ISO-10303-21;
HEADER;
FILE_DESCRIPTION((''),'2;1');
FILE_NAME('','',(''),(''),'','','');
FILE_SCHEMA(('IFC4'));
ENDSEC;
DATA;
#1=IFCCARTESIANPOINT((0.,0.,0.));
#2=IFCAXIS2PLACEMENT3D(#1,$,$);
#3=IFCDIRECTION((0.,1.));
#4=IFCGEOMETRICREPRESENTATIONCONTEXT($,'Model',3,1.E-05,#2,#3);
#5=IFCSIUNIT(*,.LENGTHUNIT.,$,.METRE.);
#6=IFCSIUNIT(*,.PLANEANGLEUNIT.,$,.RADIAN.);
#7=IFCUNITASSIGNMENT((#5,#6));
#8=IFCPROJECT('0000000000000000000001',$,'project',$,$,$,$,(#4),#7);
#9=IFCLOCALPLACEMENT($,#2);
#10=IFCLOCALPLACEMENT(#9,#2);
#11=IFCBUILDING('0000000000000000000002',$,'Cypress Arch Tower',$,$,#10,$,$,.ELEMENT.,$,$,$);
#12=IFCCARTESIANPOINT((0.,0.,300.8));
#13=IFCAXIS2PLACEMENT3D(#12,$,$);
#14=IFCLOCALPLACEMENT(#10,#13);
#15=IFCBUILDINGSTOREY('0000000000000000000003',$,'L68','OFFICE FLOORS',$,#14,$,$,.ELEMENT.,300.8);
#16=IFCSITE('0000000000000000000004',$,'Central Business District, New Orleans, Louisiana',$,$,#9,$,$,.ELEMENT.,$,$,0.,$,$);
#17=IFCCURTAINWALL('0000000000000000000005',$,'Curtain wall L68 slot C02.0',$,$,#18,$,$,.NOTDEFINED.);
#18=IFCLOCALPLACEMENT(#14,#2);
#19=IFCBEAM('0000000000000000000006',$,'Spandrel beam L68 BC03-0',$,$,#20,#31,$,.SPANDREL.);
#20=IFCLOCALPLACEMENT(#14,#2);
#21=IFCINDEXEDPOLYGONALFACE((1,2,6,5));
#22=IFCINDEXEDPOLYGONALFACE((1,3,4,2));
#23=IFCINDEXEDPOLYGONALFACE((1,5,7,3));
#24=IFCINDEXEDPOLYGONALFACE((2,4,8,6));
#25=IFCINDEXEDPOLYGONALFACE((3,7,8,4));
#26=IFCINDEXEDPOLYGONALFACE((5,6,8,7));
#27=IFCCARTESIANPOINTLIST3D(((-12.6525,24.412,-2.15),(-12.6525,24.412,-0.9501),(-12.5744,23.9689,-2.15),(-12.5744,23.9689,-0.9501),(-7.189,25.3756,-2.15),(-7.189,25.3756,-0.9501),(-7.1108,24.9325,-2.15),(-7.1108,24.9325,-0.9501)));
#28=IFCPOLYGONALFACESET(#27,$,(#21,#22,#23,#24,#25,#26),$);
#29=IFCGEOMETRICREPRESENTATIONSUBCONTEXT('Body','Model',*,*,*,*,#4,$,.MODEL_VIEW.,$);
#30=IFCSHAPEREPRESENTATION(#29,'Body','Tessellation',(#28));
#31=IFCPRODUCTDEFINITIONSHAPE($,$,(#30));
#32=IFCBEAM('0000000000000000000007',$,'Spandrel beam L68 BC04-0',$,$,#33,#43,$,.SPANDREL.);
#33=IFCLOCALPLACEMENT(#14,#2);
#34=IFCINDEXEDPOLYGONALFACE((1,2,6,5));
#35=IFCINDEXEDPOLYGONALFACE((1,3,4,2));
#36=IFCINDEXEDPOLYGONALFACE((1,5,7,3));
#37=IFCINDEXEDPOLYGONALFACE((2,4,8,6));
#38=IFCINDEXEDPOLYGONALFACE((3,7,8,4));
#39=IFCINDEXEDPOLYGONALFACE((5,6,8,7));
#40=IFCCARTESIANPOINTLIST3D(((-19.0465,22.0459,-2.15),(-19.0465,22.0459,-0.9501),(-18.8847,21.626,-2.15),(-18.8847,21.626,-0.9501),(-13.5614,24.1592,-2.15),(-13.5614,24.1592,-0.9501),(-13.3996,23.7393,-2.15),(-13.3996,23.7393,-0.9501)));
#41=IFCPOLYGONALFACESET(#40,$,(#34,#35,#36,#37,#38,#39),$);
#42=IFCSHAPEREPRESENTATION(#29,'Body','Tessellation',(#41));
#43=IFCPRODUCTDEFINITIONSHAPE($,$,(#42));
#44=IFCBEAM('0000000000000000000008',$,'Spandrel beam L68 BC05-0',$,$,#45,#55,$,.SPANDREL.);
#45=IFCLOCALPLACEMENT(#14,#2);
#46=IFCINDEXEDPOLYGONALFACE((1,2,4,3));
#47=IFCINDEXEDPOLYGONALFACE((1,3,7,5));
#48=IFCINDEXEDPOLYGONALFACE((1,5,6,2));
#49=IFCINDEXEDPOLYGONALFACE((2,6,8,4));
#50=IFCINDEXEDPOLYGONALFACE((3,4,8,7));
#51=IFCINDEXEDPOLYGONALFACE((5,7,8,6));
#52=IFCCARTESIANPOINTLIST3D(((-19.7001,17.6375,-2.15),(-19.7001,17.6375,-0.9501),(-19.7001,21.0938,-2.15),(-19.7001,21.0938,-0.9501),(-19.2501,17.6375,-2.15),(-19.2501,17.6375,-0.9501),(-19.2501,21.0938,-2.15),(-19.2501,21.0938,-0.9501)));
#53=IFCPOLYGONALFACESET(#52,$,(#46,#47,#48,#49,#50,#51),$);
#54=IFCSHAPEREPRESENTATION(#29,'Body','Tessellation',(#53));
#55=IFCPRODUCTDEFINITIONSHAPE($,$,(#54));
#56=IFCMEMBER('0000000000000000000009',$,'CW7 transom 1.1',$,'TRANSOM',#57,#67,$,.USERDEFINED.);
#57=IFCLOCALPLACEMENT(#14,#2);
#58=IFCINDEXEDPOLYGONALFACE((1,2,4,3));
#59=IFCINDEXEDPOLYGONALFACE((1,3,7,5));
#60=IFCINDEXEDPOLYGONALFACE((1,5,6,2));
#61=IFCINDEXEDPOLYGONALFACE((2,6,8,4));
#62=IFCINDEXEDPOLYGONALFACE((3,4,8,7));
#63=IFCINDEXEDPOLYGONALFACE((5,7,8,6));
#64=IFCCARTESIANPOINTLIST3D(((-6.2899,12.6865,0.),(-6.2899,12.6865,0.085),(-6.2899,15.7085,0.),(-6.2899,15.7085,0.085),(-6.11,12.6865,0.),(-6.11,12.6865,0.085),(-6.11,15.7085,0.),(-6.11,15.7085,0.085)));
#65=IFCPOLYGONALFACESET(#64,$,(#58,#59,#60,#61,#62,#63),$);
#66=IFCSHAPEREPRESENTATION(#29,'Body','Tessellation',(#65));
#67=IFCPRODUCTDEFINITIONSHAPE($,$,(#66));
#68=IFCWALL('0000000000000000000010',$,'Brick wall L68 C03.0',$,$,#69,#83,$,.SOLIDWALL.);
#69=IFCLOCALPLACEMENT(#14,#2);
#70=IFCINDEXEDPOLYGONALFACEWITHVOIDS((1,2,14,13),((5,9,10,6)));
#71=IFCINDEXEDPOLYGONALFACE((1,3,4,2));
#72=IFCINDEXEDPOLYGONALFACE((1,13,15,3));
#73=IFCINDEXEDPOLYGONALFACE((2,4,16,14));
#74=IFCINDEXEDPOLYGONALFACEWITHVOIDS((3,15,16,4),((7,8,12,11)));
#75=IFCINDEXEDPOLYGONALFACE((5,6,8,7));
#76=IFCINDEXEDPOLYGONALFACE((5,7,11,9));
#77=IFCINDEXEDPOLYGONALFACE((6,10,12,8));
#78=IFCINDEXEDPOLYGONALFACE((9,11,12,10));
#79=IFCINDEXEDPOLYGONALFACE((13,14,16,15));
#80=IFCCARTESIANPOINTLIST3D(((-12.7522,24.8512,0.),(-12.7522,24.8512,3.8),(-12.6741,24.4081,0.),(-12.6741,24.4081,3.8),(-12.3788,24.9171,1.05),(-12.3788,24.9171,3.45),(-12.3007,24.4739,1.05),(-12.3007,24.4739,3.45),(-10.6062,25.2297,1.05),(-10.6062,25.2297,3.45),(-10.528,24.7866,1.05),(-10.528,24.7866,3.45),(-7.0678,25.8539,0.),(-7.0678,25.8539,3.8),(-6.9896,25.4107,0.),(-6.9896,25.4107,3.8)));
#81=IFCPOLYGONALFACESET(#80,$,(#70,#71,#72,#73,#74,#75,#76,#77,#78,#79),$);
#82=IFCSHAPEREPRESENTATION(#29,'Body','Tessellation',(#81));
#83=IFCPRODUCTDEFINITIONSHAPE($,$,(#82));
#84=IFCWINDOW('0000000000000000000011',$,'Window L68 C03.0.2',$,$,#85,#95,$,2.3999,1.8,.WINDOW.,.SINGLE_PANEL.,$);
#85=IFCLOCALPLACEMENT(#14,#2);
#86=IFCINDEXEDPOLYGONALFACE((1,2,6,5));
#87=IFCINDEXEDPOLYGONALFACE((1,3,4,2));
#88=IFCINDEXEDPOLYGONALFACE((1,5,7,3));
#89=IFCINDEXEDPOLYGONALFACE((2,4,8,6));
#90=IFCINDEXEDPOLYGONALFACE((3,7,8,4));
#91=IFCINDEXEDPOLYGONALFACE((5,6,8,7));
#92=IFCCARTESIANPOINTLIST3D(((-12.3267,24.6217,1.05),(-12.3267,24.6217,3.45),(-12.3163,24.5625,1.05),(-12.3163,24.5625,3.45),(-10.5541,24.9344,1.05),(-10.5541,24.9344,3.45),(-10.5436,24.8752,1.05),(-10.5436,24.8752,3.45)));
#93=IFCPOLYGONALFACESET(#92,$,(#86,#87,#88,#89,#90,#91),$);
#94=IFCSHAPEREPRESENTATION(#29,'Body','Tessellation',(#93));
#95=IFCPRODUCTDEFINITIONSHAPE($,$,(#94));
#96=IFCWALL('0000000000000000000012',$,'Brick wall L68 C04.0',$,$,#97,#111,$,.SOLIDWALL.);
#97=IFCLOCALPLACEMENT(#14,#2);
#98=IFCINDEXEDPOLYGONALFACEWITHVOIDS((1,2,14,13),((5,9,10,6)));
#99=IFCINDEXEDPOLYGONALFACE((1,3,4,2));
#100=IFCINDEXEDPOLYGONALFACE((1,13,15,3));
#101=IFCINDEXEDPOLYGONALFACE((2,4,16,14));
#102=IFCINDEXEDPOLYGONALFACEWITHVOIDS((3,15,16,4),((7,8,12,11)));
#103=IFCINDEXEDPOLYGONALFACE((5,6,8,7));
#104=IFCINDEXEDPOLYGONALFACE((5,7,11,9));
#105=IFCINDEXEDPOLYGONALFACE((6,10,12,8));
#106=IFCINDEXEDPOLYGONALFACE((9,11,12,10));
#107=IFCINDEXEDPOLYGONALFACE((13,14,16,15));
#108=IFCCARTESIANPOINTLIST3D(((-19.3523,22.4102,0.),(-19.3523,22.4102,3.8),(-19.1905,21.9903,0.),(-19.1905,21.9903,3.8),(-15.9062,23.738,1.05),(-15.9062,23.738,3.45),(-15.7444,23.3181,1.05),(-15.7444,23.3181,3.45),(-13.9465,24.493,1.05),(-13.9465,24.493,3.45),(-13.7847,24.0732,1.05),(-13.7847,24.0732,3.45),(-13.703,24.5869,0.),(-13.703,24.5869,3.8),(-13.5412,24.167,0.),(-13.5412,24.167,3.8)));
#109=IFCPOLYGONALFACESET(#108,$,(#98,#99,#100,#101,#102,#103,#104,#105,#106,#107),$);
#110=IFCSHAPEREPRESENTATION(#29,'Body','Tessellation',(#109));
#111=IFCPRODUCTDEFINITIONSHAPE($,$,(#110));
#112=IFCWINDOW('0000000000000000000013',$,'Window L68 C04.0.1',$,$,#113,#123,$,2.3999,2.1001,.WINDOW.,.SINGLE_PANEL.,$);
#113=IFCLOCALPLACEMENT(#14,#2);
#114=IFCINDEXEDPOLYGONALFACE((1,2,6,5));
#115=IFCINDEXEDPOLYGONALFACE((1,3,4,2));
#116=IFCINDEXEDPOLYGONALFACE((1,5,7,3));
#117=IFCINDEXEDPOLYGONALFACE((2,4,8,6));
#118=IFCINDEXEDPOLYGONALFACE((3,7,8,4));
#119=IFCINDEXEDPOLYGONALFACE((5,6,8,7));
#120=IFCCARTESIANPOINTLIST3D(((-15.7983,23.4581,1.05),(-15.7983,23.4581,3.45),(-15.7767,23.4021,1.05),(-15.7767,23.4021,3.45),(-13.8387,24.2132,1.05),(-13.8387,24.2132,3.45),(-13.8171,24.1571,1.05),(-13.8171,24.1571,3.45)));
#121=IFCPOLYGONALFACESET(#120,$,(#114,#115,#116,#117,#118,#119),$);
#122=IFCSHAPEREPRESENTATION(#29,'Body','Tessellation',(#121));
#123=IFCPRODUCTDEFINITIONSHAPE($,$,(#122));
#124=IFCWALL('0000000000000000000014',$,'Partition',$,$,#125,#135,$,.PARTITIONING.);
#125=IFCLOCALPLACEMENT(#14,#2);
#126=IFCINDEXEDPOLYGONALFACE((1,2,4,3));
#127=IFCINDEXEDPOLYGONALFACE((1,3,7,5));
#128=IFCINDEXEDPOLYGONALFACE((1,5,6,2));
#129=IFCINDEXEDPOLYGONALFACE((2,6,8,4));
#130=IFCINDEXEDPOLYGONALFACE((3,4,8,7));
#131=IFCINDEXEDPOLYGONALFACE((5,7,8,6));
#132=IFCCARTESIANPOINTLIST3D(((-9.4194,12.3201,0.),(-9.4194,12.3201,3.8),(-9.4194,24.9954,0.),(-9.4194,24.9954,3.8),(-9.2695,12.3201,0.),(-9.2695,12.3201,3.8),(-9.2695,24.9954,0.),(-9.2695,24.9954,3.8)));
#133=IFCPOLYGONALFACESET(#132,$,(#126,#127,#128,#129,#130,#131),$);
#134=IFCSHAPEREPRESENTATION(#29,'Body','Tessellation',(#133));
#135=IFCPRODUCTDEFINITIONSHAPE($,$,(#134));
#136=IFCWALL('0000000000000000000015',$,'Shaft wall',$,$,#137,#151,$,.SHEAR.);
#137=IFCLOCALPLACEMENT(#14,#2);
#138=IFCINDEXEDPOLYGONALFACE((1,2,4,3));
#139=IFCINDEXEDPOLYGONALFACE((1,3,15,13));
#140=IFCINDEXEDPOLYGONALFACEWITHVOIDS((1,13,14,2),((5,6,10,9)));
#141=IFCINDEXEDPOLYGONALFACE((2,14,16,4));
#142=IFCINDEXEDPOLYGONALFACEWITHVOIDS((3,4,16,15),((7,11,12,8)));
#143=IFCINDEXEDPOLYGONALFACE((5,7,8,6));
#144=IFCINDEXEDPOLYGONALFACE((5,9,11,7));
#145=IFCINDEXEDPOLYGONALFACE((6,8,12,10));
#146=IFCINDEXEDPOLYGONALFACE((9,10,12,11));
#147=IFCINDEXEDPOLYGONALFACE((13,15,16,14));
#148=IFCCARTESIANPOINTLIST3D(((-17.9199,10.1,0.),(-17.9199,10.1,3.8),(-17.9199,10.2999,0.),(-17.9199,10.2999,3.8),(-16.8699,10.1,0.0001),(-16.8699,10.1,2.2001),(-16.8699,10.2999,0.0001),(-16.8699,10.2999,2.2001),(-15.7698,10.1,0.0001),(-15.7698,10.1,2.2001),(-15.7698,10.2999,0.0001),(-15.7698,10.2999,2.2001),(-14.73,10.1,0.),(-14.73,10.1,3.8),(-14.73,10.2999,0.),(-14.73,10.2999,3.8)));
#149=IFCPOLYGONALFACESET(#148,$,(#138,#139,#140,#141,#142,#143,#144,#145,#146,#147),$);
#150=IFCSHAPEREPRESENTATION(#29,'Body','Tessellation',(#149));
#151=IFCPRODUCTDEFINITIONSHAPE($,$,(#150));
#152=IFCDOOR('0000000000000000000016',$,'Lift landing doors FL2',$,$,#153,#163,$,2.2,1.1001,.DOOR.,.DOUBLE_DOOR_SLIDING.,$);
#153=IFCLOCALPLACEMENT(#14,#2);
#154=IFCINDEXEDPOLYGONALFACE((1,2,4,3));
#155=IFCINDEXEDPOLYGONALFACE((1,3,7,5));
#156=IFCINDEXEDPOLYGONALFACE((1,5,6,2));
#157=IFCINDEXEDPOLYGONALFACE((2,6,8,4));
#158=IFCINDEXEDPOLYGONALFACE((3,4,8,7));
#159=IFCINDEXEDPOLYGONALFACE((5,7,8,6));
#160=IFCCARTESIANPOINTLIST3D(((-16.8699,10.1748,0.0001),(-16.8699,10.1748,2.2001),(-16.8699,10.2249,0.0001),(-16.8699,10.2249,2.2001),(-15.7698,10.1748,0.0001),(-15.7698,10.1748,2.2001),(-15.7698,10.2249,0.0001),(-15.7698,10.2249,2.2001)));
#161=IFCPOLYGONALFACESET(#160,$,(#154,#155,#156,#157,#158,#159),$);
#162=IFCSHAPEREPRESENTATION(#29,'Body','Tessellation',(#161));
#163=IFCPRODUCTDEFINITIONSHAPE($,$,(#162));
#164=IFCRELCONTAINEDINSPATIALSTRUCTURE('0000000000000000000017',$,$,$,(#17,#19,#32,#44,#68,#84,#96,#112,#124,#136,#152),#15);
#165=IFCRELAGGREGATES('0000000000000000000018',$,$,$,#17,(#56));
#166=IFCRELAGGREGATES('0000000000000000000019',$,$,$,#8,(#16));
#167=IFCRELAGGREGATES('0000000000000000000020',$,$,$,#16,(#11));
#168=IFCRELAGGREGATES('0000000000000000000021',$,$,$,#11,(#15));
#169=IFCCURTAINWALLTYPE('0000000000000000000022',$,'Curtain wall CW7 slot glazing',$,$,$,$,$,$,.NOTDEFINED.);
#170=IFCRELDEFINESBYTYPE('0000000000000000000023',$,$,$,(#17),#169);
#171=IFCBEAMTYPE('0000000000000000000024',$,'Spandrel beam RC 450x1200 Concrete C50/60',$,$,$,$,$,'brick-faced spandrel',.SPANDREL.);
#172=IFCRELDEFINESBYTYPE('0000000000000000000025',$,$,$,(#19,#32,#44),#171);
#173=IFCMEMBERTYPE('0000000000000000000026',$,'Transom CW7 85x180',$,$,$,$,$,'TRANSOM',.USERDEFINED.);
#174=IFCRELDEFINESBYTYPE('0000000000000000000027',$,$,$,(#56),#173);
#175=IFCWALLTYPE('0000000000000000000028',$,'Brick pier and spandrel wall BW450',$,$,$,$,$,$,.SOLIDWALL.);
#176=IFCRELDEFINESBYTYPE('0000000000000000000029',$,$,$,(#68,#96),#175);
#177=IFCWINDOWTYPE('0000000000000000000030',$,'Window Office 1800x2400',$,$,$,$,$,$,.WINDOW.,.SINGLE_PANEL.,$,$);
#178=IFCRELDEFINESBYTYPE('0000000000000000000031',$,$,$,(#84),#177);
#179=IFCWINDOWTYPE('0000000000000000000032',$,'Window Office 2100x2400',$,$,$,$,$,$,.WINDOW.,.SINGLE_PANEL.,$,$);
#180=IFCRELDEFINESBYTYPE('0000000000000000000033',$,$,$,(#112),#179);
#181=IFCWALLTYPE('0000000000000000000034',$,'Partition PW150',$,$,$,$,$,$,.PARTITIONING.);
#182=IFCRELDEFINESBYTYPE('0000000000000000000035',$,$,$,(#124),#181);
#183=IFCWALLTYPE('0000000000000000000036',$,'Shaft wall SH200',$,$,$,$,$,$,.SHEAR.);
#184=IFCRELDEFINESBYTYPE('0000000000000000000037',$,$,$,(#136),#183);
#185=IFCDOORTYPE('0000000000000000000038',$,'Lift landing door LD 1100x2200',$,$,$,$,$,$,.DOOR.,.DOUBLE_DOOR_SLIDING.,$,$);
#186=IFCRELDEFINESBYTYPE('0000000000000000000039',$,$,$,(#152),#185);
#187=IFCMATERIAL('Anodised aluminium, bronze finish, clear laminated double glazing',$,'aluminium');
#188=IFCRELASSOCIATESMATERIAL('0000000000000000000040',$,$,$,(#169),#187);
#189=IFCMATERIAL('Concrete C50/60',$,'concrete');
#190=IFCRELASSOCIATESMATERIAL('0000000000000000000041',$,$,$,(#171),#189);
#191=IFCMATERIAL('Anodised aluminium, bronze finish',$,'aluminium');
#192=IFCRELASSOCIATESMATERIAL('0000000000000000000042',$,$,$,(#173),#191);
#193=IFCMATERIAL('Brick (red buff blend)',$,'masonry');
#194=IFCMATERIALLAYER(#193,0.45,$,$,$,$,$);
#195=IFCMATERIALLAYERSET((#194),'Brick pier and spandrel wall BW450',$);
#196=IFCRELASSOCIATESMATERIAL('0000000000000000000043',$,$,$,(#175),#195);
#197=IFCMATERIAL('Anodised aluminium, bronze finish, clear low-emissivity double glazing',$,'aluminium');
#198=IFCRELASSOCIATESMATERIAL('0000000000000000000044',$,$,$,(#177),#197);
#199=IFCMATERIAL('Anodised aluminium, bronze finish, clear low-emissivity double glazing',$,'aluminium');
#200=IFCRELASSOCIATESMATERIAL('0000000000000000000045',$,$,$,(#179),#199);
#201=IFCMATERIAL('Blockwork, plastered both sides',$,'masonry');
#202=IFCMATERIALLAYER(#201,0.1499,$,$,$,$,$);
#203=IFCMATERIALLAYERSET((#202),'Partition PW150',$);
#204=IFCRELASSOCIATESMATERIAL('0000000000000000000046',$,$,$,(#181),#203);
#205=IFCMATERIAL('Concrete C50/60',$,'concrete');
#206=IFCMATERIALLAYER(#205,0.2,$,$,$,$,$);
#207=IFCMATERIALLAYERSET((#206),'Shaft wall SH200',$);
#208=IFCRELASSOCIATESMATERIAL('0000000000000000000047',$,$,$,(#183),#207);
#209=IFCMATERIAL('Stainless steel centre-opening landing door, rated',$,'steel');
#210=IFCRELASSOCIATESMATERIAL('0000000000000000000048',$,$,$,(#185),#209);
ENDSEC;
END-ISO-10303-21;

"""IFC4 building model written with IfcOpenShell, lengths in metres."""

from ifc_helpers import new_model, si_unit, direction, frame, frame_2d, origin, origin_2d, place, context, subcontext, project, spatial, rectangle, extrude, material, layer, layer_set, material_profile, profile_set, type_object, element, fill, aggregate, save


model = new_model("IFC4")

# Units and contexts
model_context = context("Model", 3, precision=1e-05, world=origin(), true_north=direction((0.0, 1.0)))
body_context = subcontext(model_context, "Body", "Model", "MODEL_VIEW")
ifc_project = project(units=[si_unit("LENGTHUNIT", "METRE"), si_unit("PLANEANGLEUNIT", "RADIAN")], contexts=[model_context])

# Site, building, storey
site_placement = place(None, origin())
site = spatial("IfcSite", under=ifc_project, at=site_placement, Name="Central Business District, New Orleans, Louisiana", CompositionType="ELEMENT", RefElevation=0.0)
building_placement = place(site_placement, origin())
building = spatial("IfcBuilding", under=site, at=building_placement, Name="Cypress Arch Tower", CompositionType="ELEMENT")
storey_placement = place(building_placement, frame((0.0, 0.0, 300.8)))
storey = spatial("IfcBuildingStorey", under=building, at=storey_placement, Name="L68", Description="OFFICE FLOORS", CompositionType="ELEMENT", Elevation=300.8)

# Curtain wall
ifc_material_1 = material(Name="Anodised aluminium, bronze finish, clear laminated double glazing", Category="aluminium")
curtain_wall_type = type_object("IfcCurtainWallType", Name="Curtain wall CW7 slot glazing", PredefinedType="NOTDEFINED", material=ifc_material_1)
curtain_wall_placement = place(storey_placement, origin())
curtain_wall = element("IfcCurtainWall", 1, at=curtain_wall_placement, inside=storey, type_object=curtain_wall_type, Name="Curtain wall L68 slot C02.0", PredefinedType="NOTDEFINED")

# Beams
ifc_material_2 = material(Name="Concrete C50/60", Category="concrete")
ifc_material_profile_1 = material_profile(ifc_material_2, rectangle(XDim=0.45, YDim=1.2, at=origin_2d()), Name="RC 450x1200")
ifc_profile_set_1 = profile_set([ifc_material_profile_1], Name="Concrete C50/60")
beam_type_1 = type_object("IfcBeamType", Name="Spandrel beam RC 450x1200 Concrete C50/60", ElementType="brick-faced spandrel", PredefinedType="SPANDREL", material=ifc_profile_set_1)
beam_1_placement = place(storey_placement, frame((-7.1499, 25.1541, -1.55), z_axis=(-0.9848, -0.17369, 0.0), x_axis=(0.17369, -0.9848, 0.0)))
element("IfcBeam", 2, at=beam_1_placement, inside=storey, type_object=beam_type_1, Name="Spandrel beam L68 BC03-0", PredefinedType="SPANDREL", context=body_context, shape_type="SweptSolid", body=[
    extrude(rectangle(XDim=0.45, YDim=1.2, at=origin_2d()), origin(), (0.0, 0.0, 1.0), 5.5479),
])
beam_2_placement = place(storey_placement, frame((-13.4805, 23.9492, -1.55), z_axis=(-0.933139, -0.359516, 0.0), x_axis=(0.359516, -0.933139, 0.0)))
element("IfcBeam", 3, at=beam_2_placement, inside=storey, type_object=beam_type_1, Name="Spandrel beam L68 BC04-0", PredefinedType="SPANDREL", context=body_context, shape_type="SweptSolid", body=[
    extrude(rectangle(XDim=0.45, YDim=1.2, at=origin_2d()), origin(), (0.0, 0.0, 1.0), 5.8782),
])
beam_3_placement = place(storey_placement, frame((-19.4751, 21.0938, -1.55), z_axis=(0.0, -1.0, 0.0), x_axis=(1.0, 0.0, 0.0)))
element("IfcBeam", 4, at=beam_3_placement, inside=storey, type_object=beam_type_1, Name="Spandrel beam L68 BC05-0", PredefinedType="SPANDREL", context=body_context, shape_type="SweptSolid", body=[
    extrude(rectangle(XDim=0.45, YDim=1.2, at=origin_2d()), origin(), (0.0, 0.0, 1.0), 3.4563),
])

# Member
ifc_material_3 = material(Name="Anodised aluminium, bronze finish", Category="aluminium")
ifc_material_profile_2 = material_profile(ifc_material_3, rectangle(XDim=0.1799, YDim=0.085, at=origin_2d()), Name="Transom 85x180")
ifc_profile_set_2 = profile_set([ifc_material_profile_2], Name="Anodised aluminium, bronze finish")
member_type_1 = type_object("IfcMemberType", Name="Transom CW7 85x180", ElementType="TRANSOM", PredefinedType="USERDEFINED", material=ifc_profile_set_2)
member_1_placement = place(storey_placement, frame((-6.2, 12.6865, 0.0425), z_axis=(0.0, 1.0, 0.0), x_axis=(-1.0, 0.0, 0.0)))
member_1 = element("IfcMember", 5, at=member_1_placement, type_object=member_type_1, Name="CW7 transom 1.1", ObjectType="TRANSOM", PredefinedType="USERDEFINED", context=body_context, shape_type="SweptSolid", body=[
    extrude(rectangle(XDim=0.1799, YDim=0.085, at=origin_2d()), origin(), (0.0, 0.0, 1.0), 3.022),
])
aggregate(curtain_wall, [member_1])

# Walls, openings, windows
ifc_material_4 = material(Name="Brick (red buff blend)", Category="masonry")
ifc_layer_1 = layer(ifc_material_4, 0.45)
ifc_layer_set_1 = layer_set([ifc_layer_1], Name="Brick pier and spandrel wall BW450")
wall_type_1 = type_object("IfcWallType", Name="Brick pier and spandrel wall BW450", PredefinedType="SOLIDWALL", material=ifc_layer_set_1)
wall_1_placement = place(storey_placement, frame((-7.0286, 25.6323, 0.0), z_axis=(0.0, 0.0, 1.0), x_axis=(-0.984798, -0.173706, 0.0)))
wall_1 = element("IfcWall", 6, at=wall_1_placement, inside=storey, type_object=wall_type_1, Name="Brick wall L68 C03.0", PredefinedType="SOLIDWALL", context=body_context, shape_type="SweptSolid", body=[
    extrude(rectangle(XDim=5.7722, YDim=0.45, at=frame_2d((2.8862, 0.0))), origin(), (0.0, 0.0, 1.0), 3.8),
])
opening_1_placement = place(wall_1_placement, frame((3.5933, 0.0, 1.05)))
opening_1 = element("IfcOpeningElement", 7, at=opening_1_placement, cuts=wall_1, PredefinedType="OPENING", context=body_context, shape_type="SweptSolid", body=[
    extrude(rectangle(XDim=1.8, YDim=2.3999, at=frame_2d((0.8999, 1.2))), frame((0.0, 0.2349, 0.0), z_axis=(0.0, -1.0, 0.0), x_axis=(1.0, 0.0, 0.0)), (0.0, 0.0, 1.0), 0.47),
])
ifc_material_5 = material(Name="Anodised aluminium, bronze finish, clear low-emissivity double glazing", Category="aluminium")
window_type_1 = type_object("IfcWindowType", Name="Window Office 1800x2400", PartitioningType="SINGLE_PANEL", PredefinedType="WINDOW", material=ifc_material_5)
window_1_placement = place(opening_1_placement, origin())
window_1 = element("IfcWindow", 8, at=window_1_placement, inside=storey, type_object=window_type_1, Name="Window L68 C03.0.2", OverallHeight=2.3999, OverallWidth=1.8, PartitioningType="SINGLE_PANEL", PredefinedType="WINDOW", context=body_context, shape_type="SweptSolid", body=[
    extrude(rectangle(XDim=1.8, YDim=2.3999, at=frame_2d((0.8999, 1.2))), frame((0.0, 0.135, 0.0), z_axis=(0.0, -1.0, 0.0), x_axis=(1.0, 0.0, 0.0)), (0.0, 0.0, 1.0), 0.0601),
])
fill(opening_1, window_1)
wall_2_placement = place(storey_placement, frame((-13.6221, 24.377, 0.0), z_axis=(0.0, 0.0, 1.0), x_axis=(-0.933129, -0.359541, 0.0)))
wall_2 = element("IfcWall", 9, at=wall_2_placement, inside=storey, type_object=wall_type_1, Name="Brick wall L68 C04.0", PredefinedType="SOLIDWALL", context=body_context, shape_type="SweptSolid", body=[
    extrude(rectangle(XDim=6.0542, YDim=0.45, at=frame_2d((3.0271, 0.0))), origin(), (0.0, 0.0, 1.0), 3.8),
])
opening_2_placement = place(wall_2_placement, frame((0.261, 0.0, 1.05)))
opening_2 = element("IfcOpeningElement", 10, at=opening_2_placement, cuts=wall_2, PredefinedType="OPENING", context=body_context, shape_type="SweptSolid", body=[
    extrude(rectangle(XDim=2.1001, YDim=2.3999, at=frame_2d((1.05, 1.2))), frame((0.0, 0.2349, 0.0), z_axis=(0.0, -1.0, 0.0), x_axis=(1.0, 0.0, 0.0)), (0.0, 0.0, 1.0), 0.47),
])
ifc_material_6 = material(Name="Anodised aluminium, bronze finish, clear low-emissivity double glazing", Category="aluminium")
window_type_2 = type_object("IfcWindowType", Name="Window Office 2100x2400", PartitioningType="SINGLE_PANEL", PredefinedType="WINDOW", material=ifc_material_6)
window_2_placement = place(opening_2_placement, origin())
window_2 = element("IfcWindow", 11, at=window_2_placement, inside=storey, type_object=window_type_2, Name="Window L68 C04.0.1", OverallHeight=2.3999, OverallWidth=2.1001, PartitioningType="SINGLE_PANEL", PredefinedType="WINDOW", context=body_context, shape_type="SweptSolid", body=[
    extrude(rectangle(XDim=2.1001, YDim=2.3999, at=frame_2d((1.05, 1.2))), frame((0.0, 0.135, 0.0), z_axis=(0.0, -1.0, 0.0), x_axis=(1.0, 0.0, 0.0)), (0.0, 0.0, 1.0), 0.0601),
])
fill(opening_2, window_2)

# Wall
ifc_material_7 = material(Name="Blockwork, plastered both sides", Category="masonry")
ifc_layer_2 = layer(ifc_material_7, 0.1499)
ifc_layer_set_2 = layer_set([ifc_layer_2], Name="Partition PW150")
wall_type_2 = type_object("IfcWallType", Name="Partition PW150", PredefinedType="PARTITIONING", material=ifc_layer_set_2)
wall_3_placement = place(storey_placement, frame((-9.3445, 12.3201, 0.0), z_axis=(0.0, 0.0, 1.0), x_axis=(0.0, 1.0, 0.0)))
element("IfcWall", 12, at=wall_3_placement, inside=storey, type_object=wall_type_2, Name="Partition", PredefinedType="PARTITIONING", context=body_context, shape_type="SweptSolid", body=[
    extrude(rectangle(XDim=12.6753, YDim=0.1499, at=frame_2d((6.3376, 0.0))), origin(), (0.0, 0.0, 1.0), 3.8),
])

# Wall, opening, door
ifc_material_8 = material(Name="Concrete C50/60", Category="concrete")
ifc_layer_3 = layer(ifc_material_8, 0.2)
ifc_layer_set_3 = layer_set([ifc_layer_3], Name="Shaft wall SH200")
wall_type_3 = type_object("IfcWallType", Name="Shaft wall SH200", PredefinedType="SHEAR", material=ifc_layer_set_3)
wall_4_placement = place(storey_placement, frame((-17.9199, 10.2, 0.0), z_axis=(0.0, 0.0, 1.0), x_axis=(1.0, 0.0, 0.0)))
wall_4 = element("IfcWall", 13, at=wall_4_placement, inside=storey, type_object=wall_type_3, Name="Shaft wall", PredefinedType="SHEAR", context=body_context, shape_type="SweptSolid", body=[
    extrude(rectangle(XDim=3.1899, YDim=0.2, at=frame_2d((1.595, 0.0))), origin(), (0.0, 0.0, 1.0), 3.8),
])
opening_3_placement = place(wall_4_placement, frame((1.05, 0.0, 0.0)))
opening_3 = element("IfcOpeningElement", 14, at=opening_3_placement, cuts=wall_4, PredefinedType="OPENING", context=body_context, shape_type="SweptSolid", body=[
    extrude(rectangle(XDim=1.1001, YDim=2.2, at=frame_2d((0.55, 1.1001))), frame((0.0, 0.1099, 0.0), z_axis=(0.0, -1.0, 0.0), x_axis=(1.0, 0.0, 0.0)), (0.0, 0.0, 1.0), 0.22),
])
ifc_material_9 = material(Name="Stainless steel centre-opening landing door, rated", Category="steel")
door_type_1 = type_object("IfcDoorType", Name="Lift landing door LD 1100x2200", OperationType="DOUBLE_DOOR_SLIDING", PredefinedType="DOOR", material=ifc_material_9)
door_1_placement = place(opening_3_placement, origin())
door_1 = element("IfcDoor", 15, at=door_1_placement, inside=storey, type_object=door_type_1, Name="Lift landing doors FL2", OperationType="DOUBLE_DOOR_SLIDING", OverallHeight=2.2, OverallWidth=1.1001, PredefinedType="DOOR", context=body_context, shape_type="SweptSolid", body=[
    extrude(rectangle(XDim=1.1001, YDim=2.2, at=frame_2d((0.55, 1.1001))), frame((0.0, 0.0249, 0.0), z_axis=(0.0, -1.0, 0.0), x_axis=(1.0, 0.0, 0.0)), (0.0, 0.0, 1.0), 0.05),
])
fill(opening_3, door_1)

save(model, "model.ifc")
